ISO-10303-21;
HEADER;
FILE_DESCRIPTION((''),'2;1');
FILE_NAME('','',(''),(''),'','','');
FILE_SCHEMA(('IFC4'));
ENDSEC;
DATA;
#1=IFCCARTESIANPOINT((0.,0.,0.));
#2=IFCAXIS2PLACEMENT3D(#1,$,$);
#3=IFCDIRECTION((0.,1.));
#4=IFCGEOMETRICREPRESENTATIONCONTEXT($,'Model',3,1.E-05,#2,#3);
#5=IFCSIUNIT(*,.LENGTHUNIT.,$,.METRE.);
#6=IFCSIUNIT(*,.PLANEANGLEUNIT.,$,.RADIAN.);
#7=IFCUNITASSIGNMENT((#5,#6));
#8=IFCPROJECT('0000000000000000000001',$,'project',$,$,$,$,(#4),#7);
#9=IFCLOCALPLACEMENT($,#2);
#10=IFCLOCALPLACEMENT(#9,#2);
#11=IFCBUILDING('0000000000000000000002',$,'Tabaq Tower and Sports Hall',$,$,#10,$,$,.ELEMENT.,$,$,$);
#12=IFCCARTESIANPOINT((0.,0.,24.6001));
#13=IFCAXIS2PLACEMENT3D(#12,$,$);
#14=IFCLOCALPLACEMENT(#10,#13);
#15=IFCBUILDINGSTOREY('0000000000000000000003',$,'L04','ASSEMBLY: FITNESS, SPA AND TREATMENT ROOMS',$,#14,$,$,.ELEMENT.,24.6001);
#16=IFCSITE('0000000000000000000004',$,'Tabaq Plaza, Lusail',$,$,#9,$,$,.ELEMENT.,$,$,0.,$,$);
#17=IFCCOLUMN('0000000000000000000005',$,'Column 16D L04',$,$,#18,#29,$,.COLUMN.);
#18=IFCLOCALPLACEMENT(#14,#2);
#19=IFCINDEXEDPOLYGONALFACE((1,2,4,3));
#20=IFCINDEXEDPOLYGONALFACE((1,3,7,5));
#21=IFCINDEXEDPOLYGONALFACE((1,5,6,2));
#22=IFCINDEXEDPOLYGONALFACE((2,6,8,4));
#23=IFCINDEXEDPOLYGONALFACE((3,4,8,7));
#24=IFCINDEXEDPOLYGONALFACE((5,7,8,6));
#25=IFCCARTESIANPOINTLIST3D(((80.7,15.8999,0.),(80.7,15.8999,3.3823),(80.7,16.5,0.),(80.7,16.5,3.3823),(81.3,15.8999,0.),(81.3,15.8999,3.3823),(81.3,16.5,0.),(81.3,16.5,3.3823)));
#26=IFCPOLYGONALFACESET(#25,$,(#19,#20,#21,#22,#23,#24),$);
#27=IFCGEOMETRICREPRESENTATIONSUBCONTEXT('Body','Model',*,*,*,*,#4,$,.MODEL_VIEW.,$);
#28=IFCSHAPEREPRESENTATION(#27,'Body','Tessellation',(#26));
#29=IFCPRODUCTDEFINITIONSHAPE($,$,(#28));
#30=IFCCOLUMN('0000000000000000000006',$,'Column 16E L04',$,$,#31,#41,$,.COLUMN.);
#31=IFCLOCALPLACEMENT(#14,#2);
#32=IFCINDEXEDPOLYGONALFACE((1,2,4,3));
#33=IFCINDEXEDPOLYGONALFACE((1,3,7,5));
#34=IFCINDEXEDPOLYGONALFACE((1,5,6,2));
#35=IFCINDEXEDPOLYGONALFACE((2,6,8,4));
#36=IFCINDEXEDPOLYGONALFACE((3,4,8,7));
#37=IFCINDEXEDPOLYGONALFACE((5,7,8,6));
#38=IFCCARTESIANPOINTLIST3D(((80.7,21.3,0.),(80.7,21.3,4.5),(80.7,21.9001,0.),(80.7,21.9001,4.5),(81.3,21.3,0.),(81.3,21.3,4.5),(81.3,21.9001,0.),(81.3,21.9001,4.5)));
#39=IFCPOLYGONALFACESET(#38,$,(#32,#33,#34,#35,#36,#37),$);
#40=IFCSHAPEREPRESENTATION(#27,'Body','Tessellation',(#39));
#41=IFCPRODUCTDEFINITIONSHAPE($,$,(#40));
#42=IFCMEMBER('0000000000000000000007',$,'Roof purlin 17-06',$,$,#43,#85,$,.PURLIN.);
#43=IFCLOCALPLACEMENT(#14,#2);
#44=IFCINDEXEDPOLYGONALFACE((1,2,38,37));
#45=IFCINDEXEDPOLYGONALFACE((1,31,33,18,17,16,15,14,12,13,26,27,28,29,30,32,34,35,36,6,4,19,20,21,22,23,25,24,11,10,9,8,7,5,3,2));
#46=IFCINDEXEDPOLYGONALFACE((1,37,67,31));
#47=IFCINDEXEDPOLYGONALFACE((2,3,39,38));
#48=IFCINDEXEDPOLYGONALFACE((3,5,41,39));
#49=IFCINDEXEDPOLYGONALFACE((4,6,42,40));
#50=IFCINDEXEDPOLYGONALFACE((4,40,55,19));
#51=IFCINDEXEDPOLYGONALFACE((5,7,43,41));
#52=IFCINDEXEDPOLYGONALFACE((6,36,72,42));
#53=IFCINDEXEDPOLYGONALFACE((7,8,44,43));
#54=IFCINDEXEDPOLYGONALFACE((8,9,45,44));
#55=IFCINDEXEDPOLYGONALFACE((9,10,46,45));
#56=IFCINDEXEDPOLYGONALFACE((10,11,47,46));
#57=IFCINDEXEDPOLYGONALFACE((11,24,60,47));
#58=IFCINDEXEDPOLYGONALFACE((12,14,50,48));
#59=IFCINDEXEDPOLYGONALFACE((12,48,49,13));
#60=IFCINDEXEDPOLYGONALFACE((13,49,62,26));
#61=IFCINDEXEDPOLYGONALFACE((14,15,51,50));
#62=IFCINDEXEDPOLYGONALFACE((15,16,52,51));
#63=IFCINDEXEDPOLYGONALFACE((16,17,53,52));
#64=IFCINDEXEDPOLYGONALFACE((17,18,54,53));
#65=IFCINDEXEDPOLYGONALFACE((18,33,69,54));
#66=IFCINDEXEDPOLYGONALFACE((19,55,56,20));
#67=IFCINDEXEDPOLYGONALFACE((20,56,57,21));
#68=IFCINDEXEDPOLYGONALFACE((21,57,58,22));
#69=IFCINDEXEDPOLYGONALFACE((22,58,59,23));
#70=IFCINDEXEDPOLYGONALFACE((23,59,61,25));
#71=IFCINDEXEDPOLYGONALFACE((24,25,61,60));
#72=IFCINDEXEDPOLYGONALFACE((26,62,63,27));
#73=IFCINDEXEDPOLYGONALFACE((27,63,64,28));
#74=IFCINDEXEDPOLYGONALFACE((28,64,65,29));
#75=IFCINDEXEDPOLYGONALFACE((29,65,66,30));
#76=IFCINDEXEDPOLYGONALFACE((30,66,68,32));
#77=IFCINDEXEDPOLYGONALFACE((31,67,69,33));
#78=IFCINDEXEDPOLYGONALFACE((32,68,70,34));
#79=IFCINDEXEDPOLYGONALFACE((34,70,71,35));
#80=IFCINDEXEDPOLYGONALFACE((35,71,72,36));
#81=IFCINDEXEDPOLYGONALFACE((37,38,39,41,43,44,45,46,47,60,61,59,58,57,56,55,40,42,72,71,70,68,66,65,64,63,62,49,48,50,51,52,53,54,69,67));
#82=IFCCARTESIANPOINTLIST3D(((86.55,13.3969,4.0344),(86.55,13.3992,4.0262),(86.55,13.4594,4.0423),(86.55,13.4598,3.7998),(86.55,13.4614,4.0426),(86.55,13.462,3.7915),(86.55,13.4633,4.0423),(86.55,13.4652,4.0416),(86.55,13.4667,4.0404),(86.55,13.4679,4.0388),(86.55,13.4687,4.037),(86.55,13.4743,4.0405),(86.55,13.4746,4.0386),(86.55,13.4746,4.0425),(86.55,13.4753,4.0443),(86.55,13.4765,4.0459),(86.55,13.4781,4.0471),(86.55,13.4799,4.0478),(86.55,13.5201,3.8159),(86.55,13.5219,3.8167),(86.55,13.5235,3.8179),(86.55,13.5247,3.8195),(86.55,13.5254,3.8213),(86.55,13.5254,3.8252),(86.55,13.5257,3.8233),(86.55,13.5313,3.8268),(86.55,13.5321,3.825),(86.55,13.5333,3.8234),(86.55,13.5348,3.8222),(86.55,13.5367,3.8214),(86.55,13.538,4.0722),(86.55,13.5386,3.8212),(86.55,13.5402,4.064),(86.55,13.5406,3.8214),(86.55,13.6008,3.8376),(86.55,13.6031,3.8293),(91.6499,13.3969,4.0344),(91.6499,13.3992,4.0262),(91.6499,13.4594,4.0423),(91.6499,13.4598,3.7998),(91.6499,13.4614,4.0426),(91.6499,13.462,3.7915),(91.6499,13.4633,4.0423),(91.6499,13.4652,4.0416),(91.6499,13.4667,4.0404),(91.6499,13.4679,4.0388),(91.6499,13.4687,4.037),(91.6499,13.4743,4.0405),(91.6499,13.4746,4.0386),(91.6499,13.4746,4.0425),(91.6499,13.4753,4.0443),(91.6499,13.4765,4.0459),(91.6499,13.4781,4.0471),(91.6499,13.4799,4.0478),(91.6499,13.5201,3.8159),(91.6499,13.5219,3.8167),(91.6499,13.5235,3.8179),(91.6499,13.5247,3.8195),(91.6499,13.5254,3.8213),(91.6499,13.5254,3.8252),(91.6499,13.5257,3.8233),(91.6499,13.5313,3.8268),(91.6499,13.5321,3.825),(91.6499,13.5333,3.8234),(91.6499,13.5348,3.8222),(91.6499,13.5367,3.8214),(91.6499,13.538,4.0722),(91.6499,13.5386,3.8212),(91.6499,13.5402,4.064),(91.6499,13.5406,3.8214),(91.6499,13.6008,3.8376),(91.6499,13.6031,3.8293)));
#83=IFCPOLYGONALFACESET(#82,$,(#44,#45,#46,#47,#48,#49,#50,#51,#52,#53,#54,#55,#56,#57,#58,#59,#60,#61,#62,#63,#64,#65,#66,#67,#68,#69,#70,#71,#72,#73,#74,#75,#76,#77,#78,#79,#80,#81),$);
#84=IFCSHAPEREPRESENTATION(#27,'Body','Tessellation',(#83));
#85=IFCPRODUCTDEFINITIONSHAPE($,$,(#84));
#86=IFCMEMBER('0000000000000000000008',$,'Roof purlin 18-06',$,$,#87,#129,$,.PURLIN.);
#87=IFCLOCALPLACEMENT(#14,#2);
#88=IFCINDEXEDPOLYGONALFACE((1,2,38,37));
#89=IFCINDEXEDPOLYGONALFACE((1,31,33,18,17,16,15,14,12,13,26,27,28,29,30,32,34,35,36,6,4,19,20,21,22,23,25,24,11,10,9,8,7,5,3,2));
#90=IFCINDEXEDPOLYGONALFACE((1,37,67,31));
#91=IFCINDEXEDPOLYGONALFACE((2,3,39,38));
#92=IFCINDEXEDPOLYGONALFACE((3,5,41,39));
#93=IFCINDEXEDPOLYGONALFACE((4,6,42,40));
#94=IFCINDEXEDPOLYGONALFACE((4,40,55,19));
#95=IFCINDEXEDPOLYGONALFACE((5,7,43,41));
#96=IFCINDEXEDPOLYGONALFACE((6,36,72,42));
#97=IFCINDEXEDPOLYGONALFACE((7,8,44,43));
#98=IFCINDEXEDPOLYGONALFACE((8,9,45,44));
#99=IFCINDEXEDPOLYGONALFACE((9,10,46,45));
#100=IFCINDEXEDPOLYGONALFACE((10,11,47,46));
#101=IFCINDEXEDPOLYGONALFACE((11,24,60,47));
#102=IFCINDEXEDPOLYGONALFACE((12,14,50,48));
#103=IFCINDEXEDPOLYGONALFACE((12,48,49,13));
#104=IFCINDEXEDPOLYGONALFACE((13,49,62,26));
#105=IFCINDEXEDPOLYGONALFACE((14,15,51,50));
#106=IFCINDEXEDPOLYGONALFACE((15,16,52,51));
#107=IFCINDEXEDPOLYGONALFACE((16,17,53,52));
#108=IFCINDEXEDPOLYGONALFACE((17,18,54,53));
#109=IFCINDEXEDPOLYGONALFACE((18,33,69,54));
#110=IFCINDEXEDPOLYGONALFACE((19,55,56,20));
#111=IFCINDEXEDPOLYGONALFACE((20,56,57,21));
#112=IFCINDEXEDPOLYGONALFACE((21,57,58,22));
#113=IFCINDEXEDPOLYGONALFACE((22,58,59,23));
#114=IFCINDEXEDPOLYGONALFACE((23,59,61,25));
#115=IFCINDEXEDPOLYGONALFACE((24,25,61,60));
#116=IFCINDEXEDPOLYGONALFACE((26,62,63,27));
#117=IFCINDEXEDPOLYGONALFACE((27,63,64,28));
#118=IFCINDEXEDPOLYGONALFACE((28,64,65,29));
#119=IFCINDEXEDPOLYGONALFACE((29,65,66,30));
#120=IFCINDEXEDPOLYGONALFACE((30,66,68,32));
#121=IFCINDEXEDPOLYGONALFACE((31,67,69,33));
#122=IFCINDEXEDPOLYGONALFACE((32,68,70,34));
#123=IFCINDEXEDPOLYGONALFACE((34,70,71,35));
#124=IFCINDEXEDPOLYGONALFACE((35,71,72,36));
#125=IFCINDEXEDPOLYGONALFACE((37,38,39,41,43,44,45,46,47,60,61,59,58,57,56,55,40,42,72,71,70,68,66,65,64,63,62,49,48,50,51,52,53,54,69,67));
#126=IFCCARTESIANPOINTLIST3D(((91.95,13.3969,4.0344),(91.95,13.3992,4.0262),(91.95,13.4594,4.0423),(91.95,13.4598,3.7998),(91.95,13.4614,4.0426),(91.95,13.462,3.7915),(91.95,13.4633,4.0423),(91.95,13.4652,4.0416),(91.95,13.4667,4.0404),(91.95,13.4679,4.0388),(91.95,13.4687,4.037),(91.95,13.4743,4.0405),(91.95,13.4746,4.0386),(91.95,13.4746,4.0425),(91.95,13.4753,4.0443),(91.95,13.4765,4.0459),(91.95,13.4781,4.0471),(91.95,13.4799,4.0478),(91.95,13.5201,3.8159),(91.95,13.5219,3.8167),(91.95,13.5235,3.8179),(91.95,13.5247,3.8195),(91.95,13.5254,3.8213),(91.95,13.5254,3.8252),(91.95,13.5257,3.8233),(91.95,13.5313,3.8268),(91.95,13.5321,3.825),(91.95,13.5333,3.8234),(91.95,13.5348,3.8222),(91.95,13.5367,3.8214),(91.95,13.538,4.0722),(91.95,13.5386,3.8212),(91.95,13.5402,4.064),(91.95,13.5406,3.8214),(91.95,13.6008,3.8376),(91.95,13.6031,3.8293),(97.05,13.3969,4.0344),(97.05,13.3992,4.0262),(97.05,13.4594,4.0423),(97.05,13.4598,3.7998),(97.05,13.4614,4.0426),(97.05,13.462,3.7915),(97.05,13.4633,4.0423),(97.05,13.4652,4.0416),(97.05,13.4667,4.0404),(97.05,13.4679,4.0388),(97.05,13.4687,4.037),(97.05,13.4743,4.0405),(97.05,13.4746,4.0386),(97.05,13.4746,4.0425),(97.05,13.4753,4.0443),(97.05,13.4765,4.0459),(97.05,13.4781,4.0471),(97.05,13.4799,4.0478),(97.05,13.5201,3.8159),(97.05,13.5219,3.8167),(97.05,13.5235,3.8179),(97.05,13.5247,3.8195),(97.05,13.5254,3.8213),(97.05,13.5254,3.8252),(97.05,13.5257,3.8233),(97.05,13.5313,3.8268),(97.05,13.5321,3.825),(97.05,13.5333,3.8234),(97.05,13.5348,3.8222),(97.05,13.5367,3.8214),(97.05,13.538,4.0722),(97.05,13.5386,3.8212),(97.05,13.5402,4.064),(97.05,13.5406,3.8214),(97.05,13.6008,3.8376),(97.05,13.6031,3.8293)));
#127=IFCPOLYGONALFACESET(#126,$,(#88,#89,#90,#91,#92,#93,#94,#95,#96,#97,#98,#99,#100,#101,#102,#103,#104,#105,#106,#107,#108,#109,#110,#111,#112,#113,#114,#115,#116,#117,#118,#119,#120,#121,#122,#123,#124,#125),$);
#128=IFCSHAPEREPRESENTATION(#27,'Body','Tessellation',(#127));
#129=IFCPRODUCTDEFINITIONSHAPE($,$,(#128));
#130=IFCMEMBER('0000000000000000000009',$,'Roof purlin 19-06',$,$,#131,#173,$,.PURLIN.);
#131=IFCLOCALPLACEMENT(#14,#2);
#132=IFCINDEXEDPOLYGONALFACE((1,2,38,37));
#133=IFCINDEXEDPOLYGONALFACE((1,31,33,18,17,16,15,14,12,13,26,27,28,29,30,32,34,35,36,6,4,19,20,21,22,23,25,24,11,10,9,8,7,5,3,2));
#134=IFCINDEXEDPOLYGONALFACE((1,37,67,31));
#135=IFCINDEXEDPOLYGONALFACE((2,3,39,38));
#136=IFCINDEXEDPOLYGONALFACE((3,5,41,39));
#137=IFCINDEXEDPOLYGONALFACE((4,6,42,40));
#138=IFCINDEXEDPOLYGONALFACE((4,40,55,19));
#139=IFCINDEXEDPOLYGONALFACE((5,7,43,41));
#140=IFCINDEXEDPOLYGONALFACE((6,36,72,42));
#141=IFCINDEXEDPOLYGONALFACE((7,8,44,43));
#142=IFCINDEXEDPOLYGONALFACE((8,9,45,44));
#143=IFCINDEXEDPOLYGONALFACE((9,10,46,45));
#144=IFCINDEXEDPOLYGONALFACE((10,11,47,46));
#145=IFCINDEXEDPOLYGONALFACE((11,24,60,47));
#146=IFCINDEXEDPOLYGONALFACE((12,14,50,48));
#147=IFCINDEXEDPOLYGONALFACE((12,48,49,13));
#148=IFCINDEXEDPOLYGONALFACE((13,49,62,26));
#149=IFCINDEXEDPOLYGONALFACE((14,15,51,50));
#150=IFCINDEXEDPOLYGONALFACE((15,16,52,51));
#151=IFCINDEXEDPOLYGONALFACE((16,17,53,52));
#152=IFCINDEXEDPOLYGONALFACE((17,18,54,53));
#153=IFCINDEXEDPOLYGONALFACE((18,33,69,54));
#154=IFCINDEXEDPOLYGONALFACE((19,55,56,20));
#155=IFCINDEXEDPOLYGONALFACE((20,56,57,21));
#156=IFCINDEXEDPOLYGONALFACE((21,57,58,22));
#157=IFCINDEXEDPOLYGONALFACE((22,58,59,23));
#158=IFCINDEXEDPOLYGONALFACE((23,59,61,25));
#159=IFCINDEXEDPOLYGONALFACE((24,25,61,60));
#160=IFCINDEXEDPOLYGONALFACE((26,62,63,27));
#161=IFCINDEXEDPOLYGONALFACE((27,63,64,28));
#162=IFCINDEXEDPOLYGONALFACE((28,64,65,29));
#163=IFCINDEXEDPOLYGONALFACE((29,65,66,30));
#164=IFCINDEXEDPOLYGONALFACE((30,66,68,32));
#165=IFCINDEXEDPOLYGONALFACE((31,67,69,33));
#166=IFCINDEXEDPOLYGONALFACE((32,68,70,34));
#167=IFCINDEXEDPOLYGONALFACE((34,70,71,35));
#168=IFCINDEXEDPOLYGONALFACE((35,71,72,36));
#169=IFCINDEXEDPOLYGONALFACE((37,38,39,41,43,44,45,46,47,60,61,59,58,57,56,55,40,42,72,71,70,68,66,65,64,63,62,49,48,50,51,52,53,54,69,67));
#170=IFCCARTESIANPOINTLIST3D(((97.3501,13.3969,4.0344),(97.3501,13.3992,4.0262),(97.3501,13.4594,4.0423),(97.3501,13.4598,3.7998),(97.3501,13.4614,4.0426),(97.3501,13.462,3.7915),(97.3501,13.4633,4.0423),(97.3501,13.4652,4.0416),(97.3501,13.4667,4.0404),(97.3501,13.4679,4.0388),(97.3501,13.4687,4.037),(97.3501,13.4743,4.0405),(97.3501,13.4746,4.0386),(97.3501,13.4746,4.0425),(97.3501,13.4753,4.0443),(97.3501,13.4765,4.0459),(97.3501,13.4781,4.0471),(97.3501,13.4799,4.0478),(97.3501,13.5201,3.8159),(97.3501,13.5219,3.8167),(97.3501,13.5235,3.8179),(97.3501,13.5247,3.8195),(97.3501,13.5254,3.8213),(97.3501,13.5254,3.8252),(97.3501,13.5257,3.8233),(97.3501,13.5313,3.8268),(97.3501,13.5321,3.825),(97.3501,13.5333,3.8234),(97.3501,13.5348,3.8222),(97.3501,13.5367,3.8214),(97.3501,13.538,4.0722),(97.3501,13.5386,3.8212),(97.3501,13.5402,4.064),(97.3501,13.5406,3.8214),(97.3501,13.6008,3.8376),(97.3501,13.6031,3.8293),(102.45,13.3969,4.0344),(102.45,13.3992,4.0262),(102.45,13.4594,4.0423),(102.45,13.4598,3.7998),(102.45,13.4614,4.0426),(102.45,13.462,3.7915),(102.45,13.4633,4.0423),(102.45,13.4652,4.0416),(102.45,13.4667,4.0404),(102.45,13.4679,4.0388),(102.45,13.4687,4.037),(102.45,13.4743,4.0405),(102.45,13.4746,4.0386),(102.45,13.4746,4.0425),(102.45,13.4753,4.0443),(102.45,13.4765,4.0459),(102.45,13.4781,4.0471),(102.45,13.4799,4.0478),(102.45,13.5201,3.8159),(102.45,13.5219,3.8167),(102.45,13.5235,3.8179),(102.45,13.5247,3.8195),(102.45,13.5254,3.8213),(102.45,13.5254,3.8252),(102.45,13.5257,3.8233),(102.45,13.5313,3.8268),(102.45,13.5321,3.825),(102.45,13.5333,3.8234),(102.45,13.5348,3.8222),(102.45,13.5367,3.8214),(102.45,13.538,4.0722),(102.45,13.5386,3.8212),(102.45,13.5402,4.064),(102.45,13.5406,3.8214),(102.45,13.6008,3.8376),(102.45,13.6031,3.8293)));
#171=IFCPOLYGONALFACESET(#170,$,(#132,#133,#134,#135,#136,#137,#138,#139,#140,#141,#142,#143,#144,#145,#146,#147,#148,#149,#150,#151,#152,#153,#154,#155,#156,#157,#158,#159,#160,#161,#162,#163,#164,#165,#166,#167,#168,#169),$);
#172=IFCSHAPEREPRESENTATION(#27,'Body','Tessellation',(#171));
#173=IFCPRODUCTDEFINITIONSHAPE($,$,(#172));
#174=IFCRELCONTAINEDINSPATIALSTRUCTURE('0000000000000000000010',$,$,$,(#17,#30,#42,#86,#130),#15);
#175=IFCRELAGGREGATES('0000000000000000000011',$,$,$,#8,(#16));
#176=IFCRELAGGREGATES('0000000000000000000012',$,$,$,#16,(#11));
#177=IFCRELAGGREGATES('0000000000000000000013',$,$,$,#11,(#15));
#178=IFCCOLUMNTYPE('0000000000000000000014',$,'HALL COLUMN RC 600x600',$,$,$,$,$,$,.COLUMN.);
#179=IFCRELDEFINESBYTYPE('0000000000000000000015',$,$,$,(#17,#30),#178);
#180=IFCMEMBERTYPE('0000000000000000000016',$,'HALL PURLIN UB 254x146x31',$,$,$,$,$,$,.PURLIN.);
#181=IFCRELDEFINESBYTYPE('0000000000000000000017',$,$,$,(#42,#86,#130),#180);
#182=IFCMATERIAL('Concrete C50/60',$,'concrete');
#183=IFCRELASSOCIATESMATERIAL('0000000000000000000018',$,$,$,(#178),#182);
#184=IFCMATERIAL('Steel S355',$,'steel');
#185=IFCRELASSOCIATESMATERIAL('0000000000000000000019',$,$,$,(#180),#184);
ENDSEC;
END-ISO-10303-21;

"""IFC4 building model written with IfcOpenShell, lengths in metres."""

from ifc_helpers import new_model, si_unit, direction, frame, origin, origin_2d, place, context, subcontext, project, spatial, rectangle, i_section, extrude, material, material_profile, profile_set, type_object, element, save


model = new_model("IFC4")

# Units and contexts
model_context = context("Model", 3, precision=1e-05, world=origin(), true_north=direction((0.0, 1.0)))
body_context = subcontext(model_context, "Body", "Model", "MODEL_VIEW")
ifc_project = project(units=[si_unit("LENGTHUNIT", "METRE"), si_unit("PLANEANGLEUNIT", "RADIAN")], contexts=[model_context])

# Site, building, storey
site_placement = place(None, origin())
site = spatial("IfcSite", under=ifc_project, at=site_placement, Name="Tabaq Plaza, Lusail", CompositionType="ELEMENT", RefElevation=0.0)
building_placement = place(site_placement, origin())
building = spatial("IfcBuilding", under=site, at=building_placement, Name="Tabaq Tower and Sports Hall", CompositionType="ELEMENT")
storey_placement = place(building_placement, frame((0.0, 0.0, 24.6001)))
storey = spatial("IfcBuildingStorey", under=building, at=storey_placement, Name="L04", Description="ASSEMBLY: FITNESS, SPA AND TREATMENT ROOMS", CompositionType="ELEMENT", Elevation=24.6001)

# Columns
ifc_material_1 = material(Name="Concrete C50/60", Category="concrete")
ifc_material_profile_1 = material_profile(ifc_material_1, rectangle(XDim=0.6001, YDim=0.6001, at=origin_2d()), Name="RC 600x600")
ifc_profile_set_1 = profile_set([ifc_material_profile_1], Name="Concrete C50/60")
column_type = type_object("IfcColumnType", Name="HALL COLUMN RC 600x600", PredefinedType="COLUMN", material=ifc_profile_set_1)
column_1_placement = place(storey_placement, frame((81.0, 16.2, 0.0), z_axis=(0.0, 0.0, 1.0), x_axis=(1.0, 0.0, 0.0)))
element("IfcColumn", 1, at=column_1_placement, inside=storey, type_object=column_type, Name="Column 16D L04", PredefinedType="COLUMN", context=body_context, shape_type="SweptSolid", body=[
    extrude(rectangle(XDim=0.6001, YDim=0.6001, at=origin_2d()), origin(), (0.0, 0.0, 1.0), 3.3823),
])
column_2_placement = place(storey_placement, frame((81.0, 21.6001, 0.0), z_axis=(0.0, 0.0, 1.0), x_axis=(1.0, 0.0, 0.0)))
element("IfcColumn", 2, at=column_2_placement, inside=storey, type_object=column_type, Name="Column 16E L04", PredefinedType="COLUMN", context=body_context, shape_type="SweptSolid", body=[
    extrude(rectangle(XDim=0.6001, YDim=0.6001, at=origin_2d()), origin(), (0.0, 0.0, 1.0), 4.5),
])

# Members
ifc_material_2 = material(Name="Steel S355", Category="steel")
ifc_material_profile_2 = material_profile(ifc_material_2, i_section(OverallWidth=0.146, OverallDepth=0.2515, WebThickness=0.0061, FlangeThickness=0.0085, FilletRadius=0.0076, at=origin_2d()), Name="UB 254x146x31")
ifc_profile_set_2 = profile_set([ifc_material_profile_2], Name="Steel S355")
member_type_1 = type_object("IfcMemberType", Name="HALL PURLIN UB 254x146x31", PredefinedType="PURLIN", material=ifc_profile_set_2)
member_1_placement = place(storey_placement, frame((86.55, 13.5, 3.9319), z_axis=(1.0, 0.0, 0.0), x_axis=(0.0, 0.965926, 0.258819)))
element("IfcMember", 3, at=member_1_placement, inside=storey, type_object=member_type_1, Name="Roof purlin 17-06", PredefinedType="PURLIN", context=body_context, shape_type="SweptSolid", body=[
    extrude(i_section(OverallWidth=0.146, OverallDepth=0.2515, WebThickness=0.0061, FlangeThickness=0.0085, FilletRadius=0.0076, at=origin_2d()), origin(), (0.0, 0.0, 1.0), 5.0999),
])
member_2_placement = place(storey_placement, frame((91.95, 13.5, 3.9319), z_axis=(1.0, 0.0, 0.0), x_axis=(0.0, 0.965926, 0.258819)))
element("IfcMember", 4, at=member_2_placement, inside=storey, type_object=member_type_1, Name="Roof purlin 18-06", PredefinedType="PURLIN", context=body_context, shape_type="SweptSolid", body=[
    extrude(i_section(OverallWidth=0.146, OverallDepth=0.2515, WebThickness=0.0061, FlangeThickness=0.0085, FilletRadius=0.0076, at=origin_2d()), origin(), (0.0, 0.0, 1.0), 5.1001),
])
member_3_placement = place(storey_placement, frame((97.3501, 13.5, 3.9319), z_axis=(1.0, 0.0, 0.0), x_axis=(0.0, 0.965926, 0.258819)))
element("IfcMember", 5, at=member_3_placement, inside=storey, type_object=member_type_1, Name="Roof purlin 19-06", PredefinedType="PURLIN", context=body_context, shape_type="SweptSolid", body=[
    extrude(i_section(OverallWidth=0.146, OverallDepth=0.2515, WebThickness=0.0061, FlangeThickness=0.0085, FilletRadius=0.0076, at=origin_2d()), origin(), (0.0, 0.0, 1.0), 5.0999),
])

save(model, "model.ifc")
